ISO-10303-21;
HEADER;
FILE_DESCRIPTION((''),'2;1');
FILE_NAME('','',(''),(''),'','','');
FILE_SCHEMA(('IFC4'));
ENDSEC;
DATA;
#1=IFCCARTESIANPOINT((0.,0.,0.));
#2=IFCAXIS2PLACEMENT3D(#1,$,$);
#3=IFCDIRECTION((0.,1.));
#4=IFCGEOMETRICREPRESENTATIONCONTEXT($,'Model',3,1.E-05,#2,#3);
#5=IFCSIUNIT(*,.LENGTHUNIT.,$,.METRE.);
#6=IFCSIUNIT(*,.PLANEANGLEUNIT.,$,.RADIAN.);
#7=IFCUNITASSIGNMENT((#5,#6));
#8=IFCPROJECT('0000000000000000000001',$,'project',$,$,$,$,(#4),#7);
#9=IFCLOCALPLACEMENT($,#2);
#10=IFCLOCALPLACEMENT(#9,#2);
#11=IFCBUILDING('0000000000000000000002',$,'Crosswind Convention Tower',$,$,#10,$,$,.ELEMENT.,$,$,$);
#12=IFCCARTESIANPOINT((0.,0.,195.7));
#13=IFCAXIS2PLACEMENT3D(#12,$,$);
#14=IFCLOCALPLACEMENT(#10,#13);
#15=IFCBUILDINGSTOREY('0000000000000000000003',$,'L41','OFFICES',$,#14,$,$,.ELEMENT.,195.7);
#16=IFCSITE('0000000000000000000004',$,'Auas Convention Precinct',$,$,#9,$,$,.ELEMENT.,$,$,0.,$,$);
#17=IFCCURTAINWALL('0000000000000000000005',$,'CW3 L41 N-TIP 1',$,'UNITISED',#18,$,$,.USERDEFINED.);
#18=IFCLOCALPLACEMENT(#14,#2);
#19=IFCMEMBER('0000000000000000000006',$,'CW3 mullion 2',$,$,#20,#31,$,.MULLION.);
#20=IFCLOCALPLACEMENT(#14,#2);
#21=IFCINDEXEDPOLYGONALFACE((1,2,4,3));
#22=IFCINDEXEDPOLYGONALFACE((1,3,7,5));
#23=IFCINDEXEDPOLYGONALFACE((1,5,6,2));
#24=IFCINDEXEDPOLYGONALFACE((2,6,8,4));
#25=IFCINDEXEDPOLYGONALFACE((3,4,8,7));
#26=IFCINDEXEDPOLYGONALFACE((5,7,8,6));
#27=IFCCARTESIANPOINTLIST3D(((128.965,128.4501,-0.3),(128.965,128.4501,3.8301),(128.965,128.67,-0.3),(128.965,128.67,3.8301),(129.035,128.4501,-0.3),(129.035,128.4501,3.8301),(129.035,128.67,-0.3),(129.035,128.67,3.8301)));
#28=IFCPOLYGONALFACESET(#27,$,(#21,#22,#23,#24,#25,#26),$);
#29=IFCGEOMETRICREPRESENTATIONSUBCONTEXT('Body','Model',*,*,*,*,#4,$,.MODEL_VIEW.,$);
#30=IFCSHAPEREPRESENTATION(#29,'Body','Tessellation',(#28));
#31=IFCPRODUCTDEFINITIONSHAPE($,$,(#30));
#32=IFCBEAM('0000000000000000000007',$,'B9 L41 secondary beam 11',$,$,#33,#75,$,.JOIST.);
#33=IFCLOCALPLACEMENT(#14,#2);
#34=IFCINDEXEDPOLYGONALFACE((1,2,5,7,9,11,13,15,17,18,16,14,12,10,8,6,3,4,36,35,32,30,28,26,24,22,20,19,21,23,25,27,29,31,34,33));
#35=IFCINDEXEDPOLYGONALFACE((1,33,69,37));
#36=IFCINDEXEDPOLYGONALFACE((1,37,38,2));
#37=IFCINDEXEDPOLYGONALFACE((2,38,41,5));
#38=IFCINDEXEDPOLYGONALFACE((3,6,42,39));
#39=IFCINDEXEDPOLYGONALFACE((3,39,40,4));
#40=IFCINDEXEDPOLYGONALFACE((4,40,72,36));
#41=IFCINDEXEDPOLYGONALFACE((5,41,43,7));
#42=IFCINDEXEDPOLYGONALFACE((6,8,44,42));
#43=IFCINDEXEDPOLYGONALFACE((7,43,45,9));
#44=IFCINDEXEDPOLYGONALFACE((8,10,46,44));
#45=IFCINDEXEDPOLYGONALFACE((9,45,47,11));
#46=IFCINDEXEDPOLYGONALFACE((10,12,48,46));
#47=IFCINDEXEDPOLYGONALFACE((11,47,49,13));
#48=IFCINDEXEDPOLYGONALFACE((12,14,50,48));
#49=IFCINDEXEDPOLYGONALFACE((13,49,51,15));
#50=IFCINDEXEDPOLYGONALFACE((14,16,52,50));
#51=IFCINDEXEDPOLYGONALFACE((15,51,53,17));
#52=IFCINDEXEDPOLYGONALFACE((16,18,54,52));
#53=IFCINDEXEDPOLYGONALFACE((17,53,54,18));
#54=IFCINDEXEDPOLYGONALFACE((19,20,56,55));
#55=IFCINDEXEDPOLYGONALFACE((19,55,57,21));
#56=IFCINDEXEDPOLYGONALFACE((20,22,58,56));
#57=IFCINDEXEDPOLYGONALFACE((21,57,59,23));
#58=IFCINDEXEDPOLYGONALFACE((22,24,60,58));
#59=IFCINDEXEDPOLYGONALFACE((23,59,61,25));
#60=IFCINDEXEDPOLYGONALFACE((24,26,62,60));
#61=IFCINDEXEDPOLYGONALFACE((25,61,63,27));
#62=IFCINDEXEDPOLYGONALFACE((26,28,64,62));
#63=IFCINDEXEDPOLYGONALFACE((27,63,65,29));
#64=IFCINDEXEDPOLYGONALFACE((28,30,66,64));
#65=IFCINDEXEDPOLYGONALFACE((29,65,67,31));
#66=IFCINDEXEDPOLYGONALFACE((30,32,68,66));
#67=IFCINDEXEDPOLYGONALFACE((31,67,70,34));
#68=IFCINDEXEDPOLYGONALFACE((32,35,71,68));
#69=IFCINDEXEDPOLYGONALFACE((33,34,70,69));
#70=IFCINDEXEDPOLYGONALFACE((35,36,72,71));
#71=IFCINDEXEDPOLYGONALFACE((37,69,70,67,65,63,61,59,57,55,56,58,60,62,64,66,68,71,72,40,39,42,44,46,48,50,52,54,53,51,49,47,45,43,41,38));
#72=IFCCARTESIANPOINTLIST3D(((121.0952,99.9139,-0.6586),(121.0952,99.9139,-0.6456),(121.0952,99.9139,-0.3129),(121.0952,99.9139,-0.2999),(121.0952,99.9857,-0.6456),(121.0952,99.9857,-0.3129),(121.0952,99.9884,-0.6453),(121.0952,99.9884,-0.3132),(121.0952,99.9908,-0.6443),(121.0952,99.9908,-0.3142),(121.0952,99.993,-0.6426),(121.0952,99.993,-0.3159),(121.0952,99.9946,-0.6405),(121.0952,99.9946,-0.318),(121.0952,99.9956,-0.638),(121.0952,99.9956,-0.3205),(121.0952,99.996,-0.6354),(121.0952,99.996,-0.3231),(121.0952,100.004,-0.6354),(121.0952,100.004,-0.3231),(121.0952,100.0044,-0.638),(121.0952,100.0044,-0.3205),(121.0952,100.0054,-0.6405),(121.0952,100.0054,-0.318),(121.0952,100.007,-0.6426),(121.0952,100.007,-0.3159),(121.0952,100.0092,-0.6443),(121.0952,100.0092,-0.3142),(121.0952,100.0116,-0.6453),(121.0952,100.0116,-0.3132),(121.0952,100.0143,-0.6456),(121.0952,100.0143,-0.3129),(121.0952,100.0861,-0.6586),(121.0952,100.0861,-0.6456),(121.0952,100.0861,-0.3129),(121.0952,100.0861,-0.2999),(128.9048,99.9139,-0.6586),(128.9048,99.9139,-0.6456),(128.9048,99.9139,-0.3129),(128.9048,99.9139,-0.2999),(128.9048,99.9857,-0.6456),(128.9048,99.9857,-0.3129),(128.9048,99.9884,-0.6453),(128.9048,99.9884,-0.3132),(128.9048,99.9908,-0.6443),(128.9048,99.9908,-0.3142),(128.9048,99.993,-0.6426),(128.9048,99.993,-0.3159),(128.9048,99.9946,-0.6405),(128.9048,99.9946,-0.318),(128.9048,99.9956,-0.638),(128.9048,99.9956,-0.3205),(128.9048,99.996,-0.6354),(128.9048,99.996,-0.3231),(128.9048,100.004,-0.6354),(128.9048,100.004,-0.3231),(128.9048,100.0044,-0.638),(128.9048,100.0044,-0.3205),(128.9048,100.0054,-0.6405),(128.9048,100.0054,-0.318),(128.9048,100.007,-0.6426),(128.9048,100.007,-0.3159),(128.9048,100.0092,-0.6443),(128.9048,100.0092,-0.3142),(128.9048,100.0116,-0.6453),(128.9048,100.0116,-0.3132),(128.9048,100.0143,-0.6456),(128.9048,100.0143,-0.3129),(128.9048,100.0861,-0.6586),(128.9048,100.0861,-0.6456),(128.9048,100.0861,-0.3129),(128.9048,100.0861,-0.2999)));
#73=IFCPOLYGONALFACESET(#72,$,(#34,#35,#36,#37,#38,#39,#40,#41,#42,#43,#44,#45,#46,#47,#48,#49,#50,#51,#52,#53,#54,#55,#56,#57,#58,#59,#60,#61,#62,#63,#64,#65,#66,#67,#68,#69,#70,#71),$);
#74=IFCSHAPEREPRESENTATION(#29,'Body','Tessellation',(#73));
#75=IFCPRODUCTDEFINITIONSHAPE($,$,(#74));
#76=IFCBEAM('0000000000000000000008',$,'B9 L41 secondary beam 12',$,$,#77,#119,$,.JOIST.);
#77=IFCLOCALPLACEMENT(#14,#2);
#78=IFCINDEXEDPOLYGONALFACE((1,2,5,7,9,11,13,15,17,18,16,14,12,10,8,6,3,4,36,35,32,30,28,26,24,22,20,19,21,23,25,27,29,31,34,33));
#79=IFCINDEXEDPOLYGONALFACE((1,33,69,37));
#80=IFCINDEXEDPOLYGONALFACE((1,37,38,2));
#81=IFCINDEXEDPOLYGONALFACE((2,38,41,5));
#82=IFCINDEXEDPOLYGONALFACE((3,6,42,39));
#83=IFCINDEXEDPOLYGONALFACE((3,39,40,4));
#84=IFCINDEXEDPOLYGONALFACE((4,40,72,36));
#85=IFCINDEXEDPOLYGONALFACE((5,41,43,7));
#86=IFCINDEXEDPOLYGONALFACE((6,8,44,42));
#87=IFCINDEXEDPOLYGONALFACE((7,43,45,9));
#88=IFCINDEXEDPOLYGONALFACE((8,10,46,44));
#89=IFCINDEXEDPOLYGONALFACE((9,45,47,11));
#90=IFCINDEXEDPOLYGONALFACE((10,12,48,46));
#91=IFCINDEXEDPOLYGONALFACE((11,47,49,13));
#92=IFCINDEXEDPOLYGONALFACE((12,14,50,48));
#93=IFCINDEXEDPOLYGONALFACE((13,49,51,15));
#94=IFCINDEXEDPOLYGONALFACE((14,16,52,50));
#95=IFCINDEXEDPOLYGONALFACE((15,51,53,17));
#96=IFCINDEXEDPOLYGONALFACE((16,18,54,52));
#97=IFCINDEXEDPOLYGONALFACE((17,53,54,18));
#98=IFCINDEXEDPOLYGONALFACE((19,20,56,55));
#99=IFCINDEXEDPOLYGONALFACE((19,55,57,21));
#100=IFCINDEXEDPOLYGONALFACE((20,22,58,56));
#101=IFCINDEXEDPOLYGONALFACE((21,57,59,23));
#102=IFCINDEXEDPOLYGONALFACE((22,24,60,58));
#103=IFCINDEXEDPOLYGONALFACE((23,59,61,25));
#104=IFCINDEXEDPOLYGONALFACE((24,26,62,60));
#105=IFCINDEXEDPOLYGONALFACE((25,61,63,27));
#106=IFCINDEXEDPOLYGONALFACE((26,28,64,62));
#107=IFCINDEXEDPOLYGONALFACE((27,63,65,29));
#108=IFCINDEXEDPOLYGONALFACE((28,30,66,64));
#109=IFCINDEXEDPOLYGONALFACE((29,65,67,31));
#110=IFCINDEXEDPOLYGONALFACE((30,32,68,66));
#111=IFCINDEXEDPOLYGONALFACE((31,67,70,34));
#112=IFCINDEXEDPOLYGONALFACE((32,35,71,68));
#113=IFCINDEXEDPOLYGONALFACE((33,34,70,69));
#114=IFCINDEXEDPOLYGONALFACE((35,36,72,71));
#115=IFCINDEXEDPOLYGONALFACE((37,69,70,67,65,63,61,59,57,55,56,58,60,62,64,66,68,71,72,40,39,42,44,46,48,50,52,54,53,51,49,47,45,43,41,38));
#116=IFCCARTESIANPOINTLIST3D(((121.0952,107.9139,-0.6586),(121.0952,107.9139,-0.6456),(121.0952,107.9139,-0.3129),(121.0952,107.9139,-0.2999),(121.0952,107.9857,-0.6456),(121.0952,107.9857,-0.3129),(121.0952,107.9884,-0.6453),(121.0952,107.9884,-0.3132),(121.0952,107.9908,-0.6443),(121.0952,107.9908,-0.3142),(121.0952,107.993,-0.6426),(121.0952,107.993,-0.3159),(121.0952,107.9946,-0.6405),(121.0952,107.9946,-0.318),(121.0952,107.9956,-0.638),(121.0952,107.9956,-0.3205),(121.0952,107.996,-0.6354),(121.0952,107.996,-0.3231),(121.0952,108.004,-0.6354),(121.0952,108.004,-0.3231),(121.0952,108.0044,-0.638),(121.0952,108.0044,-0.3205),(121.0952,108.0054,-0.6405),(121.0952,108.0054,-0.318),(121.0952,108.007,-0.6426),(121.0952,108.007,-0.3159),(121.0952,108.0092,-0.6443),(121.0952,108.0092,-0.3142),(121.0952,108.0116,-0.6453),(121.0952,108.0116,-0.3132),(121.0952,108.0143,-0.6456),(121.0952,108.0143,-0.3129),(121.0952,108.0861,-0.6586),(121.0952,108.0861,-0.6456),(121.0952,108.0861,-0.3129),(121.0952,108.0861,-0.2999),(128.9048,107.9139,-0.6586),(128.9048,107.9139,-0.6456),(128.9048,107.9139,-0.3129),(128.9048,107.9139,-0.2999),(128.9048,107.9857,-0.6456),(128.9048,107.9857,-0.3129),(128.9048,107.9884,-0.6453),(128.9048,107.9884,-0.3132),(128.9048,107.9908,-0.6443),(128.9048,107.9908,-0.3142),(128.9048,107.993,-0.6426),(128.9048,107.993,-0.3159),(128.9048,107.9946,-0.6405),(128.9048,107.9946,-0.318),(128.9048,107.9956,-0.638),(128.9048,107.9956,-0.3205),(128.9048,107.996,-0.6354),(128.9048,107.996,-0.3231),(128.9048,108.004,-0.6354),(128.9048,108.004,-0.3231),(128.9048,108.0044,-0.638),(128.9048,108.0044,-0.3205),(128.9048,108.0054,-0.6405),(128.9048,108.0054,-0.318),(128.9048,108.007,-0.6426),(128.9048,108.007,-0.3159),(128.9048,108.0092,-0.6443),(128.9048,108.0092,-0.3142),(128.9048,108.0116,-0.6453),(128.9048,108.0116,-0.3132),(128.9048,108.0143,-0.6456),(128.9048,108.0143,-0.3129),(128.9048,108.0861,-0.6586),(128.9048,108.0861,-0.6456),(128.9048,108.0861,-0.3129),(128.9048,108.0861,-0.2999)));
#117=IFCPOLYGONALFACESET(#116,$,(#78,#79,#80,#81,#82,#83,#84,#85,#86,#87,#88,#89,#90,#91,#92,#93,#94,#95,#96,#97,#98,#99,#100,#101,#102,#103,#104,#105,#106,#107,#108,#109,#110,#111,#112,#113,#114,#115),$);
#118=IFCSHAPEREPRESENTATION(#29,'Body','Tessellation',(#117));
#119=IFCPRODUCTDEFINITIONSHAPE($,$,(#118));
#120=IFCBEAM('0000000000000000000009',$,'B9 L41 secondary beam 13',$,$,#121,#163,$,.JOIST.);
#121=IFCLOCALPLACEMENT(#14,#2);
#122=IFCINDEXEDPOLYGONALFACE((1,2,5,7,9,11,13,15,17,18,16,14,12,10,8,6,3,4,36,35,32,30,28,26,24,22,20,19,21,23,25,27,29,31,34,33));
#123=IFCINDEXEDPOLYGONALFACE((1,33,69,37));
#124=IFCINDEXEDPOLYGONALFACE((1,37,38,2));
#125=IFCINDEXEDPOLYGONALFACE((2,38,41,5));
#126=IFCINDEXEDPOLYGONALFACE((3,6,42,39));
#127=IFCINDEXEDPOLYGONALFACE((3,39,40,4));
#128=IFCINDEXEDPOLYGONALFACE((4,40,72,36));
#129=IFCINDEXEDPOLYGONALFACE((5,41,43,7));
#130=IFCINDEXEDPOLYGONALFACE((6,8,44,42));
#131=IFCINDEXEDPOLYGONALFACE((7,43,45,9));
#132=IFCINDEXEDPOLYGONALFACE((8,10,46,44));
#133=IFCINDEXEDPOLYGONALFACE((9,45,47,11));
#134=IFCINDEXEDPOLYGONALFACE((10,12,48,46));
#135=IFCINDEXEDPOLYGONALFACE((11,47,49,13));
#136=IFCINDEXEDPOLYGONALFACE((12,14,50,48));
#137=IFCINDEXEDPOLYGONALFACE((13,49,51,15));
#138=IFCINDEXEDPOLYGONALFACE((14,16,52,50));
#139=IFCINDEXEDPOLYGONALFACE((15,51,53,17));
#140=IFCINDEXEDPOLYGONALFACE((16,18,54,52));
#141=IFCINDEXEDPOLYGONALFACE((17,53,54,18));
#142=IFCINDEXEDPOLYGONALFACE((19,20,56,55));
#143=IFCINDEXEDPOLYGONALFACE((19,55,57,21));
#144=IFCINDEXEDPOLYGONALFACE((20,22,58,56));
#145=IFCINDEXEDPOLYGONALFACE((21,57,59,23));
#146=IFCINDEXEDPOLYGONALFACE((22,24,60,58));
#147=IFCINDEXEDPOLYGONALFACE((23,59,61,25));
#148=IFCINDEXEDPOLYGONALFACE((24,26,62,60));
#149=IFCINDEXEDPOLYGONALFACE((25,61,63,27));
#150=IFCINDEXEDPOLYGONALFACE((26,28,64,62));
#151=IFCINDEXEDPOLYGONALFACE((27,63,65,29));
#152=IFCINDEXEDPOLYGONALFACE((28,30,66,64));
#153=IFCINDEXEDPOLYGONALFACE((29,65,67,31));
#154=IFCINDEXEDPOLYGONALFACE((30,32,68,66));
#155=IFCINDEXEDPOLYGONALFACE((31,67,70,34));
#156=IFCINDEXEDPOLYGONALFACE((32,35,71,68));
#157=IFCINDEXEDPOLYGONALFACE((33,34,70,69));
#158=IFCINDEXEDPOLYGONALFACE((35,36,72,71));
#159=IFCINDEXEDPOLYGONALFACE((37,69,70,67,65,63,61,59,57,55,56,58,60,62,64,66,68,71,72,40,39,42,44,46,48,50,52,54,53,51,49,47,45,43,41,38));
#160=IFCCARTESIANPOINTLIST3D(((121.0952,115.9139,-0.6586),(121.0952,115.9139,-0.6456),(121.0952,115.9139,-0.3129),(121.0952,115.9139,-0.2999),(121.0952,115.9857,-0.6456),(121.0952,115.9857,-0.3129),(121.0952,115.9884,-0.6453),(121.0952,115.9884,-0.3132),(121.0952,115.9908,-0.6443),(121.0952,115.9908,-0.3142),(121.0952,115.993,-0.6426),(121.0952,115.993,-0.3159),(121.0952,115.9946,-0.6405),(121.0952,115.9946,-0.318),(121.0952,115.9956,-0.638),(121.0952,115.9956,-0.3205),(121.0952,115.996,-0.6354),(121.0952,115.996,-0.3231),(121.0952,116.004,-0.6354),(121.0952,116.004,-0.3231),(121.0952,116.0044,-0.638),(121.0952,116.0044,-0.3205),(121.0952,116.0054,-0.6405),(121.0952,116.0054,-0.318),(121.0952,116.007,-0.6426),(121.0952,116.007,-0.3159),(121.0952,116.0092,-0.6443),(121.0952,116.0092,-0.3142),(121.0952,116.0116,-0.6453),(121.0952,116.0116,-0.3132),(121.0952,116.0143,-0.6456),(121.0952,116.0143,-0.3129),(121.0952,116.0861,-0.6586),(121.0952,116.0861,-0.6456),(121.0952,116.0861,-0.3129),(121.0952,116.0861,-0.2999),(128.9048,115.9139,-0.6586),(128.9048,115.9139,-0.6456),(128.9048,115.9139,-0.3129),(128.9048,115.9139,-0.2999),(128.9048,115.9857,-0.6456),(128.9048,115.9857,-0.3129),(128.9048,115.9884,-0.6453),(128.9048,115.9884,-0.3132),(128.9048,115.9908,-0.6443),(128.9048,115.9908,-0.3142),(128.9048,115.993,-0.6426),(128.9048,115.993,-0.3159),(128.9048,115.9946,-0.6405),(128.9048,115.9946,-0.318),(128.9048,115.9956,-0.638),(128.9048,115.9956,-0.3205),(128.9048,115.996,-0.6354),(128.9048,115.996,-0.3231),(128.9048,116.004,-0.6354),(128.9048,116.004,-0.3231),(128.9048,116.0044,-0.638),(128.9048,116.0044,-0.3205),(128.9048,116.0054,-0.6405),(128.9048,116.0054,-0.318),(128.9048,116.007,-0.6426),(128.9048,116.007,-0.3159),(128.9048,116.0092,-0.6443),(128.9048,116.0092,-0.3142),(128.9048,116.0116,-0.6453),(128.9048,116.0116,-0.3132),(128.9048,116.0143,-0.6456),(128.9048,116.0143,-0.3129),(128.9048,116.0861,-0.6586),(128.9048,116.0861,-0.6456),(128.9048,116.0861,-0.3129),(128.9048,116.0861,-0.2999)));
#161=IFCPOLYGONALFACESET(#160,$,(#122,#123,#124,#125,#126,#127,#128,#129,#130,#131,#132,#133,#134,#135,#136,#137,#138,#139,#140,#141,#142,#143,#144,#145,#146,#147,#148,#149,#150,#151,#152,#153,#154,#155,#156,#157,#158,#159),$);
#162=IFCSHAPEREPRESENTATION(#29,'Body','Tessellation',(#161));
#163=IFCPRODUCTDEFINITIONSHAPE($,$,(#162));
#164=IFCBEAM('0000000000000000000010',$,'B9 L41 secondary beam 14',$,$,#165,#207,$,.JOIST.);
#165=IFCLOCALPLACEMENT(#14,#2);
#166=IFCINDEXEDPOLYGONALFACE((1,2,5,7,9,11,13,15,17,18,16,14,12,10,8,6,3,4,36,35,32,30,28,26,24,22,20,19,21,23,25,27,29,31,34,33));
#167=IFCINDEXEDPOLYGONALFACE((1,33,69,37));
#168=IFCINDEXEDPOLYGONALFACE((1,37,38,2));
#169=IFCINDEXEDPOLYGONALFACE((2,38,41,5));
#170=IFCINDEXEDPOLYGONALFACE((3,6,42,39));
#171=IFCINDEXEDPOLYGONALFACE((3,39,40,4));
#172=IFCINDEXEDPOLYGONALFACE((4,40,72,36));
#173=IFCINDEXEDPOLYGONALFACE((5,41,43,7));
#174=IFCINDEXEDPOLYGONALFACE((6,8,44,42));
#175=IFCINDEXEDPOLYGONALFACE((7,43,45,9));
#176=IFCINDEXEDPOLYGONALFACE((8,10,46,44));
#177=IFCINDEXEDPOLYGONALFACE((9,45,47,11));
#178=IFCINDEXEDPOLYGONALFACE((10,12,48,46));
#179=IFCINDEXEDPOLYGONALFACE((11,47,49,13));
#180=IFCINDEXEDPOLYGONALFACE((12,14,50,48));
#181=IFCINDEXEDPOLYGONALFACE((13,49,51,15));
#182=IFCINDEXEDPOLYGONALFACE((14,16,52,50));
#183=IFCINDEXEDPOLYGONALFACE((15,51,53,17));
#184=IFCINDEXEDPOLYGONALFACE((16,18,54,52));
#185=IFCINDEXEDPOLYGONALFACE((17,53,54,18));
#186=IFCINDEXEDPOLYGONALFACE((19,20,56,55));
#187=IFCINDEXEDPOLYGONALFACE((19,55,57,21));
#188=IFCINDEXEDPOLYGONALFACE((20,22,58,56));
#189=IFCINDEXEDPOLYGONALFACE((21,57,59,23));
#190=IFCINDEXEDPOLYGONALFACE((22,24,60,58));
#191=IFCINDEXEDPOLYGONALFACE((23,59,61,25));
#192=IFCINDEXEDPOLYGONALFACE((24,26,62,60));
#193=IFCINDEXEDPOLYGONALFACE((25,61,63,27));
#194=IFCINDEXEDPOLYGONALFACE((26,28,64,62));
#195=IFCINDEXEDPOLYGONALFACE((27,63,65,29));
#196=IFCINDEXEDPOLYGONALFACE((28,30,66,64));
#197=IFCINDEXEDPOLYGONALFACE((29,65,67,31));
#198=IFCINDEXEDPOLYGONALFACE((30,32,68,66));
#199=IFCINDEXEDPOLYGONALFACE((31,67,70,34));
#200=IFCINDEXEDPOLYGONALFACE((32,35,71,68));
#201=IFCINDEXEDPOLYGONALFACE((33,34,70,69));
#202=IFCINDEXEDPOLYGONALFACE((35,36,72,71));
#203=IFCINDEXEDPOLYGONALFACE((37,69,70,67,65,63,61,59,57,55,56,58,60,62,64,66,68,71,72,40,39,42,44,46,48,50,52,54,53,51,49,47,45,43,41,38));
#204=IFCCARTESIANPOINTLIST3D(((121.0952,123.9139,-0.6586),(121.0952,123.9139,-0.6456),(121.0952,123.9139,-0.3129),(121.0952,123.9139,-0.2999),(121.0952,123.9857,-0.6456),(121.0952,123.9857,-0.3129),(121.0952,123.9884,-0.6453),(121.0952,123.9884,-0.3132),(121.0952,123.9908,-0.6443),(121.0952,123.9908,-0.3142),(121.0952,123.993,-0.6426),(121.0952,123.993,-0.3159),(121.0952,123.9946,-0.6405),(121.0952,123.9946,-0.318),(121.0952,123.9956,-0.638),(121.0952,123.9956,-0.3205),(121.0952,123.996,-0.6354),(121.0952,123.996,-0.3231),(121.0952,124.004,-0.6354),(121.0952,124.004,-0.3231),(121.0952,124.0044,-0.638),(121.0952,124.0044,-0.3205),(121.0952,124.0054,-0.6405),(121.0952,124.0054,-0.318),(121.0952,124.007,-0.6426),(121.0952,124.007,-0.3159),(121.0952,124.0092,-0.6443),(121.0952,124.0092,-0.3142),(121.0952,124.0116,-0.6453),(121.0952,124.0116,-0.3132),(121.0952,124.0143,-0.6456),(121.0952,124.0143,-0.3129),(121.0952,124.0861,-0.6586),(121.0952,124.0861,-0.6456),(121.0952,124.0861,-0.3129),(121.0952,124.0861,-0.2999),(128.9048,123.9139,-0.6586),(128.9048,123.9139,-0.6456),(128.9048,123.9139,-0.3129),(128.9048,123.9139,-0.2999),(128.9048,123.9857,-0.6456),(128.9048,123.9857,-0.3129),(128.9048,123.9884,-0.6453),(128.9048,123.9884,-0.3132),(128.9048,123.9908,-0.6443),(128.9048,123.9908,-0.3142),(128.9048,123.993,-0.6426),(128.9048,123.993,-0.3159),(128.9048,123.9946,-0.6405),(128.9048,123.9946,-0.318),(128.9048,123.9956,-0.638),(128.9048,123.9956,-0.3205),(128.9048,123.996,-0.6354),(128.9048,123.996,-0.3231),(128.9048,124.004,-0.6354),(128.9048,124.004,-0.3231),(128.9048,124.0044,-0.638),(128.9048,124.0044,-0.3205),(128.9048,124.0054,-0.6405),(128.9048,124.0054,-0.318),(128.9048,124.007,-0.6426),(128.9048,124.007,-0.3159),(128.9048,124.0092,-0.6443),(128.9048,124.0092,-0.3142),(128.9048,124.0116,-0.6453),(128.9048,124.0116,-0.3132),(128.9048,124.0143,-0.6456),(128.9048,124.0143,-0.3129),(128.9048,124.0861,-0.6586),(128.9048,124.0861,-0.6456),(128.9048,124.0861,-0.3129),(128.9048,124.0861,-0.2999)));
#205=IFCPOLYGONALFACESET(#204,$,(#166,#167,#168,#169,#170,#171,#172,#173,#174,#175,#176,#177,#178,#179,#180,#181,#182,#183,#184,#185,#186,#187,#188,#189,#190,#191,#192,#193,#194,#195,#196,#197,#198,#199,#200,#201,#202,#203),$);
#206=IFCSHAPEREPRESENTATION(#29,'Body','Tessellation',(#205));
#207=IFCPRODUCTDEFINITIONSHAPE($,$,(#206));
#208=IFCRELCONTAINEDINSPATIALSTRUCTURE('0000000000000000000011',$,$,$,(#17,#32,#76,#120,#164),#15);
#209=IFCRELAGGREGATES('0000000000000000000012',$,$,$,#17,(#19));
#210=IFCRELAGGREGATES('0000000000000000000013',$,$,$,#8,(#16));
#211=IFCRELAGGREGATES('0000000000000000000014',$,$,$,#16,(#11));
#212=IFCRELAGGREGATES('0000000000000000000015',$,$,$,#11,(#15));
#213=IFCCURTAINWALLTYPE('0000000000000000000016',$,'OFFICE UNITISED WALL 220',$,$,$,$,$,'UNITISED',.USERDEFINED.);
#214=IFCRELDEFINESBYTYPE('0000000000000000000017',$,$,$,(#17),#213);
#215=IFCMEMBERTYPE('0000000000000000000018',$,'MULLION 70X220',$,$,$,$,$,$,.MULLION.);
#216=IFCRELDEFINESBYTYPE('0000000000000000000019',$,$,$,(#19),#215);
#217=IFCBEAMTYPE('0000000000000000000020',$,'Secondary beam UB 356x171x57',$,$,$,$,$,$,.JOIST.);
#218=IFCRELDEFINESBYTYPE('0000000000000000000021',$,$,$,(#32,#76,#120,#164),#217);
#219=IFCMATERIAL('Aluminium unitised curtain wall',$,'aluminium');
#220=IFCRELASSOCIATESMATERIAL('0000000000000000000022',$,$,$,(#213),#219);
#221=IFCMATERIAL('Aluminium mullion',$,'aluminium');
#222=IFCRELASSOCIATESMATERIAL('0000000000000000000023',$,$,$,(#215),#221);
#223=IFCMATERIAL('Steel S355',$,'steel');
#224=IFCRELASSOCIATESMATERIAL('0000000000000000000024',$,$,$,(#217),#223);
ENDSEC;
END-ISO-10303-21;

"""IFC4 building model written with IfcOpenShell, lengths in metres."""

from ifc_helpers import new_model, si_unit, direction, frame, origin, origin_2d, place, context, subcontext, project, spatial, rectangle, i_section, extrude, material, material_profile, profile_set, type_object, element, aggregate, save


model = new_model("IFC4")

# Units and contexts
model_context = context("Model", 3, precision=1e-05, world=origin(), true_north=direction((0.0, 1.0)))
body_context = subcontext(model_context, "Body", "Model", "MODEL_VIEW")
ifc_project = project(units=[si_unit("LENGTHUNIT", "METRE"), si_unit("PLANEANGLEUNIT", "RADIAN")], contexts=[model_context])

# Site, building, storey
site_placement = place(None, origin())
site = spatial("IfcSite", under=ifc_project, at=site_placement, Name="Auas Convention Precinct", CompositionType="ELEMENT", RefElevation=0.0)
building_placement = place(site_placement, origin())
building = spatial("IfcBuilding", under=site, at=building_placement, Name="Crosswind Convention Tower", CompositionType="ELEMENT")
storey_placement = place(building_placement, frame((0.0, 0.0, 195.7)))
storey = spatial("IfcBuildingStorey", under=building, at=storey_placement, Name="L41", Description="OFFICES", CompositionType="ELEMENT", Elevation=195.7)

# Shared definitions
ifc_material_1 = material(Name="Steel S355", Category="steel")

# Curtain wall, member
ifc_material_2 = material(Name="Aluminium unitised curtain wall", Category="aluminium")
curtain_wall_type = type_object("IfcCurtainWallType", Name="OFFICE UNITISED WALL 220", ElementType="UNITISED", PredefinedType="USERDEFINED", material=ifc_material_2)
curtain_wall_placement = place(storey_placement, origin())
curtain_wall = element("IfcCurtainWall", 1, at=curtain_wall_placement, inside=storey, type_object=curtain_wall_type, Name="CW3 L41 N-TIP 1", ObjectType="UNITISED", PredefinedType="USERDEFINED")
ifc_material_3 = material(Name="Aluminium mullion", Category="aluminium")
ifc_material_profile_1 = material_profile(ifc_material_3, rectangle(XDim=0.22, YDim=0.0701, at=origin_2d()), Name="AL 220X70")
ifc_profile_set_1 = profile_set([ifc_material_profile_1], Name="Aluminium mullion")
member_type = type_object("IfcMemberType", Name="MULLION 70X220", PredefinedType="MULLION", material=ifc_profile_set_1)
member_placement = place(storey_placement, frame((129.0, 128.5601, -0.3), z_axis=(0.0, 0.0, 1.0), x_axis=(0.0, 1.0, 0.0)))
member = element("IfcMember", 2, at=member_placement, type_object=member_type, Name="CW3 mullion 2", PredefinedType="MULLION", context=body_context, shape_type="SweptSolid", body=[
    extrude(rectangle(XDim=0.22, YDim=0.0701, at=origin_2d()), origin(), (0.0, 0.0, 1.0), 4.1301),
])

# Beams
ifc_material_profile_2 = material_profile(ifc_material_1, i_section(OverallWidth=0.1721, OverallDepth=0.3586, WebThickness=0.0081, FlangeThickness=0.0129, FilletRadius=0.0103, at=origin_2d()), Name="UB 356x171x57")
ifc_profile_set_2 = profile_set([ifc_material_profile_2], Name="Steel S355")
beam_type_1 = type_object("IfcBeamType", Name="Secondary beam UB 356x171x57", PredefinedType="JOIST", material=ifc_profile_set_2)
for number, where, z_axis, x_axis, name in (
    (3, (121.0952, 100.0, -0.4792), (1.0, 0.0, 0.0), (0.0, 1.0, 0.0), "B9 L41 secondary beam 11"),
    (4, (121.0952, 108.0, -0.4792), (1.0, 0.0, 0.0), (0.0, 1.0, 0.0), "B9 L41 secondary beam 12"),
    (5, (121.0952, 116.0, -0.4792), (1.0, 0.0, 0.0), (0.0, 1.0, 0.0), "B9 L41 secondary beam 13"),
    (6, (121.0952, 124.0, -0.4792), (1.0, 0.0, 0.0), (0.0, 1.0, 0.0), "B9 L41 secondary beam 14"),
):
    element("IfcBeam", number, at=place(storey_placement, frame(where, z_axis=z_axis, x_axis=x_axis)), inside=storey, type_object=beam_type_1, Name=name, PredefinedType="JOIST", context=body_context, shape_type="SweptSolid", body=[
        extrude(i_section(OverallWidth=0.1721, OverallDepth=0.3586, WebThickness=0.0081, FlangeThickness=0.0129, FilletRadius=0.0103, at=origin_2d()), origin(), (0.0, 0.0, 1.0), 7.8096),
    ])

aggregate(curtain_wall, [member])

save(model, "model.ifc")
